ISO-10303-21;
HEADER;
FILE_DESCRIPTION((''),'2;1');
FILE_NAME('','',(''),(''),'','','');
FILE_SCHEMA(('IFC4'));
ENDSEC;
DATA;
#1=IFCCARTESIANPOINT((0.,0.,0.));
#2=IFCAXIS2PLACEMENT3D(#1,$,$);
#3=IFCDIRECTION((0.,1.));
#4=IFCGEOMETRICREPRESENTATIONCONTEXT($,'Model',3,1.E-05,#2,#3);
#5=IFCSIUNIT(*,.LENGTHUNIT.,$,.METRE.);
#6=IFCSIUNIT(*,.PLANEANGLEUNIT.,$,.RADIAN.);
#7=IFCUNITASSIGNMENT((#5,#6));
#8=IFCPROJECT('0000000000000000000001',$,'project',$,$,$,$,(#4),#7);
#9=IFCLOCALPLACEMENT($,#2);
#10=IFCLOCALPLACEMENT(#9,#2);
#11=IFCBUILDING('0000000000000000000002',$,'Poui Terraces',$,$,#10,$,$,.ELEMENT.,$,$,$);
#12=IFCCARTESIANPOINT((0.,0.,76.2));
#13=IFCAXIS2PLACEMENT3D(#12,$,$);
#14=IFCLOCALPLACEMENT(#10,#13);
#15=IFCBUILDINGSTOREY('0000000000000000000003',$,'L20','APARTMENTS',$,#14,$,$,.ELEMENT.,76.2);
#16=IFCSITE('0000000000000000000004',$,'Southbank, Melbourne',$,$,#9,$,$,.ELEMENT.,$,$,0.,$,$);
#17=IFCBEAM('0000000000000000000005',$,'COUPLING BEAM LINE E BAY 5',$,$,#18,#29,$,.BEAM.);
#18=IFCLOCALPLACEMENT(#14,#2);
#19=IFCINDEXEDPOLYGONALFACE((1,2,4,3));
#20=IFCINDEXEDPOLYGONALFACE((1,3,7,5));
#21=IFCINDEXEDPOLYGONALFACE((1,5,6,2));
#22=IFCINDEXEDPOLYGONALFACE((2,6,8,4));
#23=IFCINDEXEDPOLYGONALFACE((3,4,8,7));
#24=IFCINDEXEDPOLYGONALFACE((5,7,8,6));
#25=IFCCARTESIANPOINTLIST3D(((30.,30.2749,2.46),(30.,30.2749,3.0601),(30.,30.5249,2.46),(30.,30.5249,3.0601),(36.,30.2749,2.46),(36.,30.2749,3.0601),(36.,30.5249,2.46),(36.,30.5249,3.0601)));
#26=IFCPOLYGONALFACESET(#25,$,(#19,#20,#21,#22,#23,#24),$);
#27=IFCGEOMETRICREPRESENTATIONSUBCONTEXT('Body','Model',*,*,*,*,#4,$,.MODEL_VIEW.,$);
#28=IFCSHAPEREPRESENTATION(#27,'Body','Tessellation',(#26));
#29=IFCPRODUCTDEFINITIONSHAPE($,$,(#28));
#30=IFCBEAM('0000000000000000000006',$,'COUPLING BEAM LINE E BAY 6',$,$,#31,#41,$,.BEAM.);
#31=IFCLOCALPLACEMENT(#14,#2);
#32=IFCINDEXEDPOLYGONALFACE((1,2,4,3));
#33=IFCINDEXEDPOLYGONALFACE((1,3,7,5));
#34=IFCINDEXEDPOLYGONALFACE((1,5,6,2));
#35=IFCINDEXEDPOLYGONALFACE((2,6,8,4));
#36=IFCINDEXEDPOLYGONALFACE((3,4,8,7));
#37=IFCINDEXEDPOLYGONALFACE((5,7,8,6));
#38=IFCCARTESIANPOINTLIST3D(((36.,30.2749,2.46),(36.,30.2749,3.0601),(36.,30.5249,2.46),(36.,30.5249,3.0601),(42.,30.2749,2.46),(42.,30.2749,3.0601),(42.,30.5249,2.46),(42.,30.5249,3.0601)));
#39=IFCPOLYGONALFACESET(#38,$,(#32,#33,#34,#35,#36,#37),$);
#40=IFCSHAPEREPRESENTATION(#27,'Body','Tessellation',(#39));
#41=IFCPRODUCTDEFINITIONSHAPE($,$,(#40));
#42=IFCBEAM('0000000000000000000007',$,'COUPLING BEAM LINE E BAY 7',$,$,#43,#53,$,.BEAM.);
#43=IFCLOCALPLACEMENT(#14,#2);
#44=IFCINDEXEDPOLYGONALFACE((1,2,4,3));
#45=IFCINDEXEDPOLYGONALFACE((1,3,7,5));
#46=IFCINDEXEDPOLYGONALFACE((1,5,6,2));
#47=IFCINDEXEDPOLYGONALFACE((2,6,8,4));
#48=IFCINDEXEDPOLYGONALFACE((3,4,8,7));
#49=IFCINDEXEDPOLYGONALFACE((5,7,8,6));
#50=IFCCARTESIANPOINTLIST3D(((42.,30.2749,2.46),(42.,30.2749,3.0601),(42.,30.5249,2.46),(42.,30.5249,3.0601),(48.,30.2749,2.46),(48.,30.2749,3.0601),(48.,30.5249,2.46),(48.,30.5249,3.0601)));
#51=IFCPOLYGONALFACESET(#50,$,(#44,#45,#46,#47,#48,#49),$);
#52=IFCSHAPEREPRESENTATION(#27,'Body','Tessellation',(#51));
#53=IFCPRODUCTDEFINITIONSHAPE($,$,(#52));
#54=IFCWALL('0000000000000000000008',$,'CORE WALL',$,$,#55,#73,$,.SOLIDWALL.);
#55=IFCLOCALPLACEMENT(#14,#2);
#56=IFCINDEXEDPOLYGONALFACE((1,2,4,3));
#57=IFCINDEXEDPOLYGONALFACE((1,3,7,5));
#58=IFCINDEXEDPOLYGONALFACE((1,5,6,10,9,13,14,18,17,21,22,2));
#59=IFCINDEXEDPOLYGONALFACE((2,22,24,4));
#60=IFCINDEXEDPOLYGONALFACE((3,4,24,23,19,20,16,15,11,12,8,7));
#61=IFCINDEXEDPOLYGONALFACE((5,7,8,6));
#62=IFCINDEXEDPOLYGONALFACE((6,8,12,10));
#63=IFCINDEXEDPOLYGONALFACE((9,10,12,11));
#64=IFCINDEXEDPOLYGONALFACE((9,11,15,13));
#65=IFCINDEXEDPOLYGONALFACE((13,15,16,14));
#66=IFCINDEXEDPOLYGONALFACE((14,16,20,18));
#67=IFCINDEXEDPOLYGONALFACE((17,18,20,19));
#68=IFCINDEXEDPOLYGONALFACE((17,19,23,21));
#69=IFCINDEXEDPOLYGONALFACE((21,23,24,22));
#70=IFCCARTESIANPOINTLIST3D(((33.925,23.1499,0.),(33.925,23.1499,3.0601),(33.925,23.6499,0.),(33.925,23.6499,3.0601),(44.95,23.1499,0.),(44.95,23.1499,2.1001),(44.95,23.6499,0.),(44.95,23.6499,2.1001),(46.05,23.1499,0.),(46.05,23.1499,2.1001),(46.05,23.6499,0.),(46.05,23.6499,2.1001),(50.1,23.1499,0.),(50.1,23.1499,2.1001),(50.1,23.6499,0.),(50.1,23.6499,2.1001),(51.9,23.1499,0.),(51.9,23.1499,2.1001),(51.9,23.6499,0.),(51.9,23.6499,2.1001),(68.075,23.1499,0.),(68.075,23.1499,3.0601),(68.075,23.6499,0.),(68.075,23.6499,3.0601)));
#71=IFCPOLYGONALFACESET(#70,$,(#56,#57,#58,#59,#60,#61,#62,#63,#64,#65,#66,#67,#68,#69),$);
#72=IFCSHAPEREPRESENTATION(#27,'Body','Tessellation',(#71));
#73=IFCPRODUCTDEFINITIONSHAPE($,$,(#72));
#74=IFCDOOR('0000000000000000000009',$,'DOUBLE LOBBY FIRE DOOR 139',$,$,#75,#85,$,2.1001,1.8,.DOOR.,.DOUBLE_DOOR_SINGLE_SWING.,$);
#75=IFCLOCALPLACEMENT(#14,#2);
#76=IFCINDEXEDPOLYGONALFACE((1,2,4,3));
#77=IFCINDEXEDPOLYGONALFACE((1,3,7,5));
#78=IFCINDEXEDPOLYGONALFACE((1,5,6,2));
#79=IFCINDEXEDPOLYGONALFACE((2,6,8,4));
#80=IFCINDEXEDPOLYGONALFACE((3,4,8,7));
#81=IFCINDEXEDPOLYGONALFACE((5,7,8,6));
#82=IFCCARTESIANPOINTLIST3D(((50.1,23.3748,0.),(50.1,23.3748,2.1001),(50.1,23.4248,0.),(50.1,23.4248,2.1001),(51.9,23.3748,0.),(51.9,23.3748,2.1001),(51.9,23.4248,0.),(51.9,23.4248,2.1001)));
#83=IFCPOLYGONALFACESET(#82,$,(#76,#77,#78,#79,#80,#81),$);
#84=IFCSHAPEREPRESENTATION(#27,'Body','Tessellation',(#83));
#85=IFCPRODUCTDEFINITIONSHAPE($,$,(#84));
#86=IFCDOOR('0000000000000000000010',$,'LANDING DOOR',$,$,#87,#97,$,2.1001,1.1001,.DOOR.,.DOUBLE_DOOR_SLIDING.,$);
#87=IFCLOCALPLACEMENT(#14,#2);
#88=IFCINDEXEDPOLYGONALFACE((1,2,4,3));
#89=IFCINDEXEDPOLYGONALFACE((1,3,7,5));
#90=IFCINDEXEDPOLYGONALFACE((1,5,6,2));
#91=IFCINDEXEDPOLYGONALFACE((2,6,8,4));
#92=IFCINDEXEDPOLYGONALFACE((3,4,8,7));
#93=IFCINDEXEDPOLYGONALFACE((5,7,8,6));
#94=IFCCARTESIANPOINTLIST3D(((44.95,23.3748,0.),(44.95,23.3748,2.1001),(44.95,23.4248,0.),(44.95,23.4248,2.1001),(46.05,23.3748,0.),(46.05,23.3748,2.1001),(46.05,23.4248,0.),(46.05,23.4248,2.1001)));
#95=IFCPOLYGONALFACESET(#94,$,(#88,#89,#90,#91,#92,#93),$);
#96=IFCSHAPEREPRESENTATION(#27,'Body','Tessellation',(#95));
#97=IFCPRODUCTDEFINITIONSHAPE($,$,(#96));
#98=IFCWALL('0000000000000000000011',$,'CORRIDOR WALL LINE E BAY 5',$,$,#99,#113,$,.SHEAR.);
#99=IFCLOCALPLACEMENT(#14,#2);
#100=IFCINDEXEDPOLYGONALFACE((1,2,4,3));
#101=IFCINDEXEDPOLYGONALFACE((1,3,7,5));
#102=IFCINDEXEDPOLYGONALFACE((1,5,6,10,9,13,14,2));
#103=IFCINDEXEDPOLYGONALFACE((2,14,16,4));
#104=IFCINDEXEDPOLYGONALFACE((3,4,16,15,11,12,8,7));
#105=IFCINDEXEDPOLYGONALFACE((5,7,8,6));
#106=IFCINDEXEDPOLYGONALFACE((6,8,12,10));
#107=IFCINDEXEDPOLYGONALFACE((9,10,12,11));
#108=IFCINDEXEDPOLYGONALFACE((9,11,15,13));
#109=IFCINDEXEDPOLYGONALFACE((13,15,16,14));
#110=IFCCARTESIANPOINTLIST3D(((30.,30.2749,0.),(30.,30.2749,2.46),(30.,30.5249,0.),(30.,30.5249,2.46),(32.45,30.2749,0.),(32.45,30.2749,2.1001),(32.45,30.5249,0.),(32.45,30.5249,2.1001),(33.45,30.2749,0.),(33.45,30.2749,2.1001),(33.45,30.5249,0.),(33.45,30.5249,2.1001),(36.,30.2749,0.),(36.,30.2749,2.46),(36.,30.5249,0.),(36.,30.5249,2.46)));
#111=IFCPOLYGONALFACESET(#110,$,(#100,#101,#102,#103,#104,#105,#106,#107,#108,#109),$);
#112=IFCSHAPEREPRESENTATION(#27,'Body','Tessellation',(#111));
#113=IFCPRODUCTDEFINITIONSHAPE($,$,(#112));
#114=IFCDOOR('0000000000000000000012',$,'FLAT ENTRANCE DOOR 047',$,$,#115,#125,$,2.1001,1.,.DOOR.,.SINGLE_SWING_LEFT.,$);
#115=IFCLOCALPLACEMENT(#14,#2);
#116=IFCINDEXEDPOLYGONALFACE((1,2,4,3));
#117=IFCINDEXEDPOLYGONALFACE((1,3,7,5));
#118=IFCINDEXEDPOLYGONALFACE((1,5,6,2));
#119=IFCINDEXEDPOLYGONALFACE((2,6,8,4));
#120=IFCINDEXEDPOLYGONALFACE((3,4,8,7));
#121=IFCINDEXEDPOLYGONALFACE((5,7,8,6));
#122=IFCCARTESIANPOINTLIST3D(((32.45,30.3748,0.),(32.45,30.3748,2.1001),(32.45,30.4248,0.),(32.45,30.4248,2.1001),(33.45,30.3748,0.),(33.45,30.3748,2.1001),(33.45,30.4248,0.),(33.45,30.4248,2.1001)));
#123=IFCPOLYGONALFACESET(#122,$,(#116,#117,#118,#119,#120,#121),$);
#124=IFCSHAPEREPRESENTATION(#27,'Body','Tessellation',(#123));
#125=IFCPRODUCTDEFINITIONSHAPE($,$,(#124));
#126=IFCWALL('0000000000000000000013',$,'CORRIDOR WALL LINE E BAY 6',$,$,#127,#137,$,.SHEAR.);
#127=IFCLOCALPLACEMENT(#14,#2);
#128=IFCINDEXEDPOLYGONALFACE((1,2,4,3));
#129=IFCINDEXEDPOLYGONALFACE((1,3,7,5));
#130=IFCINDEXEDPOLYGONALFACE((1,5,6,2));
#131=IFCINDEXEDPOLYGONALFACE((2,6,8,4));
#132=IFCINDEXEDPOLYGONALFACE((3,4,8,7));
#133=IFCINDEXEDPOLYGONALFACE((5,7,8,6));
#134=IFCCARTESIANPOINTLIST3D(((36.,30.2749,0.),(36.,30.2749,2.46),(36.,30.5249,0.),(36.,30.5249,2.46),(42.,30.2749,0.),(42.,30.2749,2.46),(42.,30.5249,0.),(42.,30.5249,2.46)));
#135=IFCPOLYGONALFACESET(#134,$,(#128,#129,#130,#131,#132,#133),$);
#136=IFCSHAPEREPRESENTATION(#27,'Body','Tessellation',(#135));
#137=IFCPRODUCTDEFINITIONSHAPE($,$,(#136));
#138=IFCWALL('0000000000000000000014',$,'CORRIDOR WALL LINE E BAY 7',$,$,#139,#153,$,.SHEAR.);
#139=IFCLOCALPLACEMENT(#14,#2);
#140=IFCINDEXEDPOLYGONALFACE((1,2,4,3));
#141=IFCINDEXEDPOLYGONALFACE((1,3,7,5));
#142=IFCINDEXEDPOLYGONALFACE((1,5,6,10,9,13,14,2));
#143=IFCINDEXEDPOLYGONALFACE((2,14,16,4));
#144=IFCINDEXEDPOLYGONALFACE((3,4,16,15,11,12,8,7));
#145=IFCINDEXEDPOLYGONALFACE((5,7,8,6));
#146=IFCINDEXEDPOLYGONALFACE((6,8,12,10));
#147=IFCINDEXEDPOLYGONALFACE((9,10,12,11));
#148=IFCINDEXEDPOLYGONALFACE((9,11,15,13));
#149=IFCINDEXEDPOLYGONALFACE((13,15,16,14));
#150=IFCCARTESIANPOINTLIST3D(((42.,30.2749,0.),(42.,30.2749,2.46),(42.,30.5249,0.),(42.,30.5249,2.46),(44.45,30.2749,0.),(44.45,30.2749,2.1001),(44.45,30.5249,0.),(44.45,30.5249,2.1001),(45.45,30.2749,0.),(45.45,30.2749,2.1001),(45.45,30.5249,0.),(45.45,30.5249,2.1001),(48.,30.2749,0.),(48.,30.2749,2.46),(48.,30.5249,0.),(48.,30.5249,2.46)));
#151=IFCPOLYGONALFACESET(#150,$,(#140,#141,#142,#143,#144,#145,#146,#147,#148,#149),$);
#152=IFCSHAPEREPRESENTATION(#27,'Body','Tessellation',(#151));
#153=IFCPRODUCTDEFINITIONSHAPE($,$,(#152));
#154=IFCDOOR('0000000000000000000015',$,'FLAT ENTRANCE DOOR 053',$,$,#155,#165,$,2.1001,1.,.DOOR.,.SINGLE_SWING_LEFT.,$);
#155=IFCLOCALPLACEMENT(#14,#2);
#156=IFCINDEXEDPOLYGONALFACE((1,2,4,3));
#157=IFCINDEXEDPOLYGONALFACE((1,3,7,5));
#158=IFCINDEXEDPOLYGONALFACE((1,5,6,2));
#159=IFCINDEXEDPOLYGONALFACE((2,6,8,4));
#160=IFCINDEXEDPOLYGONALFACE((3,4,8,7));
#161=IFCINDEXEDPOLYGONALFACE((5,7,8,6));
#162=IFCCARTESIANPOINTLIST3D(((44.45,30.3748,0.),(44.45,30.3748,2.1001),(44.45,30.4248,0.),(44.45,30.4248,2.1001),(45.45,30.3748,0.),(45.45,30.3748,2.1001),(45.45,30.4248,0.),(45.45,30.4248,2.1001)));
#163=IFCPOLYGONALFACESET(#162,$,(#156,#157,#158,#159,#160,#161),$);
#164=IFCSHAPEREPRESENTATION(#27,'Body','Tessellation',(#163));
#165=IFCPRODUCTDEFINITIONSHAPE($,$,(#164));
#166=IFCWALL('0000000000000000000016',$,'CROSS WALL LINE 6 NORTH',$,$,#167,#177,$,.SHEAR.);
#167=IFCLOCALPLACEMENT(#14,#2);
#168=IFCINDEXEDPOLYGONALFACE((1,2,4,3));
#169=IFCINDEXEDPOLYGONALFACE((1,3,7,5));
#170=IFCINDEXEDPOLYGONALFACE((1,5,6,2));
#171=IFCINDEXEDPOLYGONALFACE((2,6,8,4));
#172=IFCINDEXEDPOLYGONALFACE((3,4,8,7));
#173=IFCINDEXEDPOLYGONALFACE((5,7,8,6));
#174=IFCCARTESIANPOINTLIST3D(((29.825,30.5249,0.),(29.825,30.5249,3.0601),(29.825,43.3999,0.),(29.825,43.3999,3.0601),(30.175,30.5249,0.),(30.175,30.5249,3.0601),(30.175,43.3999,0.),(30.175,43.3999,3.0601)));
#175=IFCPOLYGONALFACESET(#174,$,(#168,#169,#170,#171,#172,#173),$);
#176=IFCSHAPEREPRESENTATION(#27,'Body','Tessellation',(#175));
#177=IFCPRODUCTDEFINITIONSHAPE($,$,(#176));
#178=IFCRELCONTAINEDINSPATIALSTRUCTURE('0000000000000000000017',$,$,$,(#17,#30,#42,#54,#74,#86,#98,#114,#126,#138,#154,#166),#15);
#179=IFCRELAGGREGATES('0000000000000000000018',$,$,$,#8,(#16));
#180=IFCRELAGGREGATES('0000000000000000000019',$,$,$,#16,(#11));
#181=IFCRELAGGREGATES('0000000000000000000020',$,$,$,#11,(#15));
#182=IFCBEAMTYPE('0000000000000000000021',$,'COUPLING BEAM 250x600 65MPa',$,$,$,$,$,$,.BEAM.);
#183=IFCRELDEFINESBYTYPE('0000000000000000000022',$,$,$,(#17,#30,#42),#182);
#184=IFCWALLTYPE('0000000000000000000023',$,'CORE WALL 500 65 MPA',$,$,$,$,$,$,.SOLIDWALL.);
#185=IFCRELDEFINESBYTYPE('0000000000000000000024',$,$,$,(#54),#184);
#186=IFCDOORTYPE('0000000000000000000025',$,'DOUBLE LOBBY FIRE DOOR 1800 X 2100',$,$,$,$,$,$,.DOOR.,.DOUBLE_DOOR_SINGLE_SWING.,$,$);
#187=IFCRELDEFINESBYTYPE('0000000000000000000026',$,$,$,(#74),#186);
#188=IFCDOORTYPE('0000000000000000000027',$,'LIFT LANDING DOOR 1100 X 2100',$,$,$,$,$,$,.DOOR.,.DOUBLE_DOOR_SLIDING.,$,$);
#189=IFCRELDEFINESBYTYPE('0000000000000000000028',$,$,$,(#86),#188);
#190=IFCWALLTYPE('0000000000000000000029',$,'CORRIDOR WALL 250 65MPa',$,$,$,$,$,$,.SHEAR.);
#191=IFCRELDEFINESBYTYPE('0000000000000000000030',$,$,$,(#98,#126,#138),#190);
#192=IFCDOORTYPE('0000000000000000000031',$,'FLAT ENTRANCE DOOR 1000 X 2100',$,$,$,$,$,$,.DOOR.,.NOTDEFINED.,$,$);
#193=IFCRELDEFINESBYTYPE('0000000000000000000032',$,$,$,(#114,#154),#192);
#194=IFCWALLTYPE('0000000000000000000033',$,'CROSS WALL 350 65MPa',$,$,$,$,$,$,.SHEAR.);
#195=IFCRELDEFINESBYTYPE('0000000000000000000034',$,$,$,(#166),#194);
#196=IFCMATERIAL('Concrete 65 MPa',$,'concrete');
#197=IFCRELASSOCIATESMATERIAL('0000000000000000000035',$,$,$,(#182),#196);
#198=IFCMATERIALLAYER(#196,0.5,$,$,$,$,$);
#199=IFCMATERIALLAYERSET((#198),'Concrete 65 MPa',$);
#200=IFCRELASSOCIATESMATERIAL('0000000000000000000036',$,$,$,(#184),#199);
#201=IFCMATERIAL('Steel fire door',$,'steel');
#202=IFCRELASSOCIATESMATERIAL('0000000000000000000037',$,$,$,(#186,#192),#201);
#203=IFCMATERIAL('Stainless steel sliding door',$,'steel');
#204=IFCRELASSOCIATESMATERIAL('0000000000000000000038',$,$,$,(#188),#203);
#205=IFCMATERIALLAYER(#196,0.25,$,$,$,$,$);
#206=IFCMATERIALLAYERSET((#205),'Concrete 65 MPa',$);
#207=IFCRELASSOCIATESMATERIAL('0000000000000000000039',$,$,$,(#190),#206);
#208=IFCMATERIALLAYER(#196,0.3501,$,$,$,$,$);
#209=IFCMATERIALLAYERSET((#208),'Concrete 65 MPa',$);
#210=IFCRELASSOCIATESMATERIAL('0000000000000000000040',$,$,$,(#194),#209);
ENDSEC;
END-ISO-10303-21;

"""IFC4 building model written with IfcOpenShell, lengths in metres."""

from ifc_helpers import new_model, si_unit, direction, frame, frame_2d, origin, origin_2d, place, context, subcontext, project, spatial, rectangle, extrude, source, transform, mapped, material, layer, layer_set, material_profile, profile_set, type_object, element, fill, save


model = new_model("IFC4")

# Units and contexts
model_context = context("Model", 3, precision=1e-05, world=origin(), true_north=direction((0.0, 1.0)))
body_context = subcontext(model_context, "Body", "Model", "MODEL_VIEW")
ifc_project = project(units=[si_unit("LENGTHUNIT", "METRE"), si_unit("PLANEANGLEUNIT", "RADIAN")], contexts=[model_context])

# Site, building, storey
site_placement = place(None, origin())
site = spatial("IfcSite", under=ifc_project, at=site_placement, Name="Southbank, Melbourne", CompositionType="ELEMENT", RefElevation=0.0)
building_placement = place(site_placement, origin())
building = spatial("IfcBuilding", under=site, at=building_placement, Name="Poui Terraces", CompositionType="ELEMENT")
storey_placement = place(building_placement, frame((0.0, 0.0, 76.2)))
storey = spatial("IfcBuildingStorey", under=building, at=storey_placement, Name="L20", Description="APARTMENTS", CompositionType="ELEMENT", Elevation=76.2)

# Beams
ifc_material_1 = material(Name="Concrete 65 MPa", Category="concrete")
ifc_material_profile = material_profile(ifc_material_1, rectangle(XDim=0.25, YDim=0.6001, at=origin_2d()), Name="RC 250x600")
ifc_profile_set = profile_set([ifc_material_profile], Name="Concrete 65 MPa")
beam_type = type_object("IfcBeamType", Name="COUPLING BEAM 250x600 65MPa", PredefinedType="BEAM", material=ifc_profile_set)
shared_shape = source(origin(), body_context, "Body", "SweptSolid", [
    extrude(rectangle(XDim=0.25, YDim=0.6001, at=origin_2d()), origin(), (0.0, 0.0, 1.0), 6.0),
])
for number, where, z_axis, x_axis, name in (
    (1, (30.0, 30.3999, 2.76), (1.0, 0.0, 0.0), (0.0, 1.0, 0.0), "COUPLING BEAM LINE E BAY 5"),
    (2, (36.0, 30.3999, 2.76), (1.0, 0.0, 0.0), (0.0, 1.0, 0.0), "COUPLING BEAM LINE E BAY 6"),
    (3, (42.0, 30.3999, 2.76), (1.0, 0.0, 0.0), (0.0, 1.0, 0.0), "COUPLING BEAM LINE E BAY 7"),
):
    element("IfcBeam", number, at=place(storey_placement, frame(where, z_axis=z_axis, x_axis=x_axis)), inside=storey, type_object=beam_type, Name=name, PredefinedType="BEAM", context=body_context, shape_type="MappedRepresentation", body=[
        mapped(shared_shape, transform((0.0, 0.0, 0.0))),
    ])

# Wall, openings, doors
ifc_layer_1 = layer(ifc_material_1, 0.5)
ifc_layer_set_1 = layer_set([ifc_layer_1], Name="Concrete 65 MPa")
wall_type_1 = type_object("IfcWallType", Name="CORE WALL 500 65 MPA", PredefinedType="SOLIDWALL", material=ifc_layer_set_1)
wall_1_placement = place(storey_placement, frame((33.925, 23.3999, 0.0), z_axis=(0.0, 0.0, 1.0), x_axis=(1.0, 0.0, 0.0)))
wall_1 = element("IfcWall", 4, at=wall_1_placement, inside=storey, type_object=wall_type_1, Name="CORE WALL", PredefinedType="SOLIDWALL", context=body_context, shape_type="SweptSolid", body=[
    extrude(rectangle(XDim=34.1499, YDim=0.5, at=frame_2d((17.075, 0.0))), origin(), (0.0, 0.0, 1.0), 3.0601),
])
opening_1_placement = place(wall_1_placement, frame((16.175, 0.0, 0.0)))
opening_1 = element("IfcOpeningElement", 5, at=opening_1_placement, cuts=wall_1, PredefinedType="OPENING", context=body_context, shape_type="SweptSolid", body=[
    extrude(rectangle(XDim=1.8, YDim=2.1001, at=frame_2d((0.8999, 1.05))), frame((0.0, 0.26, 0.0), z_axis=(0.0, -1.0, 0.0), x_axis=(1.0, 0.0, 0.0)), (0.0, 0.0, 1.0), 0.52),
])
opening_2_placement = place(wall_1_placement, frame((11.0249, 0.0, 0.0)))
opening_2 = element("IfcOpeningElement", 6, at=opening_2_placement, cuts=wall_1, PredefinedType="OPENING", context=body_context, shape_type="SweptSolid", body=[
    extrude(rectangle(XDim=1.1001, YDim=2.1001, at=frame_2d((0.55, 1.05))), frame((0.0, 0.26, 0.0), z_axis=(0.0, -1.0, 0.0), x_axis=(1.0, 0.0, 0.0)), (0.0, 0.0, 1.0), 0.52),
])
ifc_material_2 = material(Name="Steel fire door", Category="steel")
door_type_1 = type_object("IfcDoorType", Name="DOUBLE LOBBY FIRE DOOR 1800 X 2100", OperationType="DOUBLE_DOOR_SINGLE_SWING", PredefinedType="DOOR", material=ifc_material_2)
door_1_placement = place(opening_1_placement, origin())
door_1 = element("IfcDoor", 7, at=door_1_placement, inside=storey, type_object=door_type_1, Name="DOUBLE LOBBY FIRE DOOR 139", OperationType="DOUBLE_DOOR_SINGLE_SWING", OverallHeight=2.1001, OverallWidth=1.8, PredefinedType="DOOR", context=body_context, shape_type="SweptSolid", body=[
    extrude(rectangle(XDim=1.8, YDim=2.1001, at=frame_2d((0.8999, 1.05))), frame((0.0, 0.0249, 0.0), z_axis=(0.0, -1.0, 0.0), x_axis=(1.0, 0.0, 0.0)), (0.0, 0.0, 1.0), 0.05),
])
fill(opening_1, door_1)
ifc_material_3 = material(Name="Stainless steel sliding door", Category="steel")
door_type_2 = type_object("IfcDoorType", Name="LIFT LANDING DOOR 1100 X 2100", OperationType="DOUBLE_DOOR_SLIDING", PredefinedType="DOOR", material=ifc_material_3)
door_2_placement = place(opening_2_placement, origin())
door_2 = element("IfcDoor", 8, at=door_2_placement, inside=storey, type_object=door_type_2, Name="LANDING DOOR", OperationType="DOUBLE_DOOR_SLIDING", OverallHeight=2.1001, OverallWidth=1.1001, PredefinedType="DOOR", context=body_context, shape_type="SweptSolid", body=[
    extrude(rectangle(XDim=1.1001, YDim=2.1001, at=frame_2d((0.55, 1.05))), frame((0.0, 0.0249, 0.0), z_axis=(0.0, -1.0, 0.0), x_axis=(1.0, 0.0, 0.0)), (0.0, 0.0, 1.0), 0.05),
])
fill(opening_2, door_2)

# Wall, opening, door
ifc_layer_2 = layer(ifc_material_1, 0.25)
ifc_layer_set_2 = layer_set([ifc_layer_2], Name="Concrete 65 MPa")
wall_type_2 = type_object("IfcWallType", Name="CORRIDOR WALL 250 65MPa", PredefinedType="SHEAR", material=ifc_layer_set_2)
wall_2_placement = place(storey_placement, frame((30.0, 30.3999, 0.0), z_axis=(0.0, 0.0, 1.0), x_axis=(1.0, 0.0, 0.0)))
wall_2 = element("IfcWall", 9, at=wall_2_placement, inside=storey, type_object=wall_type_2, Name="CORRIDOR WALL LINE E BAY 5", PredefinedType="SHEAR", context=body_context, shape_type="SweptSolid", body=[
    extrude(rectangle(XDim=6.0, YDim=0.25, at=frame_2d((3.0, 0.0))), origin(), (0.0, 0.0, 1.0), 2.46),
])
opening_3_placement = place(wall_2_placement, frame((2.45, 0.0, 0.0)))
opening_3 = element("IfcOpeningElement", 10, at=opening_3_placement, cuts=wall_2, PredefinedType="OPENING", context=body_context, shape_type="SweptSolid", body=[
    extrude(rectangle(XDim=1.0, YDim=2.1001, at=frame_2d((0.5, 1.05))), frame((0.0, 0.135, 0.0), z_axis=(0.0, -1.0, 0.0), x_axis=(1.0, 0.0, 0.0)), (0.0, 0.0, 1.0), 0.27),
])
door_type_3 = type_object("IfcDoorType", Name="FLAT ENTRANCE DOOR 1000 X 2100", OperationType="NOTDEFINED", PredefinedType="DOOR", material=ifc_material_2)
door_3_placement = place(opening_3_placement, origin())
door_3 = element("IfcDoor", 11, at=door_3_placement, inside=storey, type_object=door_type_3, Name="FLAT ENTRANCE DOOR 047", OperationType="SINGLE_SWING_LEFT", OverallHeight=2.1001, OverallWidth=1.0, PredefinedType="DOOR", context=body_context, shape_type="SweptSolid", body=[
    extrude(rectangle(XDim=1.0, YDim=2.1001, at=frame_2d((0.5, 1.05))), frame((0.0, 0.0249, 0.0), z_axis=(0.0, -1.0, 0.0), x_axis=(1.0, 0.0, 0.0)), (0.0, 0.0, 1.0), 0.05),
])
fill(opening_3, door_3)

# Wall
wall_3_placement = place(storey_placement, frame((36.0, 30.3999, 0.0), z_axis=(0.0, 0.0, 1.0), x_axis=(1.0, 0.0, 0.0)))
element("IfcWall", 12, at=wall_3_placement, inside=storey, type_object=wall_type_2, Name="CORRIDOR WALL LINE E BAY 6", PredefinedType="SHEAR", context=body_context, shape_type="SweptSolid", body=[
    extrude(rectangle(XDim=6.0, YDim=0.25, at=frame_2d((3.0, 0.0))), origin(), (0.0, 0.0, 1.0), 2.46),
])

# Wall, opening, door
wall_4_placement = place(storey_placement, frame((42.0, 30.3999, 0.0), z_axis=(0.0, 0.0, 1.0), x_axis=(1.0, 0.0, 0.0)))
wall_4 = element("IfcWall", 13, at=wall_4_placement, inside=storey, type_object=wall_type_2, Name="CORRIDOR WALL LINE E BAY 7", PredefinedType="SHEAR", context=body_context, shape_type="SweptSolid", body=[
    extrude(rectangle(XDim=6.0, YDim=0.25, at=frame_2d((3.0, 0.0))), origin(), (0.0, 0.0, 1.0), 2.46),
])
opening_4_placement = place(wall_4_placement, frame((2.45, 0.0, 0.0)))
opening_4 = element("IfcOpeningElement", 14, at=opening_4_placement, cuts=wall_4, PredefinedType="OPENING", context=body_context, shape_type="SweptSolid", body=[
    extrude(rectangle(XDim=1.0, YDim=2.1001, at=frame_2d((0.5, 1.05))), frame((0.0, 0.135, 0.0), z_axis=(0.0, -1.0, 0.0), x_axis=(1.0, 0.0, 0.0)), (0.0, 0.0, 1.0), 0.27),
])
door_4_placement = place(opening_4_placement, origin())
door_4 = element("IfcDoor", 15, at=door_4_placement, inside=storey, type_object=door_type_3, Name="FLAT ENTRANCE DOOR 053", OperationType="SINGLE_SWING_LEFT", OverallHeight=2.1001, OverallWidth=1.0, PredefinedType="DOOR", context=body_context, shape_type="SweptSolid", body=[
    extrude(rectangle(XDim=1.0, YDim=2.1001, at=frame_2d((0.5, 1.05))), frame((0.0, 0.0249, 0.0), z_axis=(0.0, -1.0, 0.0), x_axis=(1.0, 0.0, 0.0)), (0.0, 0.0, 1.0), 0.05),
])
fill(opening_4, door_4)

# Wall
ifc_layer_3 = layer(ifc_material_1, 0.3501)
ifc_layer_set_3 = layer_set([ifc_layer_3], Name="Concrete 65 MPa")
wall_type_3 = type_object("IfcWallType", Name="CROSS WALL 350 65MPa", PredefinedType="SHEAR", material=ifc_layer_set_3)
wall_5_placement = place(storey_placement, frame((30.0, 30.5249, 0.0), z_axis=(0.0, 0.0, 1.0), x_axis=(0.0, 1.0, 0.0)))
element("IfcWall", 16, at=wall_5_placement, inside=storey, type_object=wall_type_3, Name="CROSS WALL LINE 6 NORTH", PredefinedType="SHEAR", context=body_context, shape_type="SweptSolid", body=[
    extrude(rectangle(XDim=12.875, YDim=0.3501, at=frame_2d((6.4375, 0.0))), origin(), (0.0, 0.0, 1.0), 3.0601),
])

save(model, "model.ifc")
